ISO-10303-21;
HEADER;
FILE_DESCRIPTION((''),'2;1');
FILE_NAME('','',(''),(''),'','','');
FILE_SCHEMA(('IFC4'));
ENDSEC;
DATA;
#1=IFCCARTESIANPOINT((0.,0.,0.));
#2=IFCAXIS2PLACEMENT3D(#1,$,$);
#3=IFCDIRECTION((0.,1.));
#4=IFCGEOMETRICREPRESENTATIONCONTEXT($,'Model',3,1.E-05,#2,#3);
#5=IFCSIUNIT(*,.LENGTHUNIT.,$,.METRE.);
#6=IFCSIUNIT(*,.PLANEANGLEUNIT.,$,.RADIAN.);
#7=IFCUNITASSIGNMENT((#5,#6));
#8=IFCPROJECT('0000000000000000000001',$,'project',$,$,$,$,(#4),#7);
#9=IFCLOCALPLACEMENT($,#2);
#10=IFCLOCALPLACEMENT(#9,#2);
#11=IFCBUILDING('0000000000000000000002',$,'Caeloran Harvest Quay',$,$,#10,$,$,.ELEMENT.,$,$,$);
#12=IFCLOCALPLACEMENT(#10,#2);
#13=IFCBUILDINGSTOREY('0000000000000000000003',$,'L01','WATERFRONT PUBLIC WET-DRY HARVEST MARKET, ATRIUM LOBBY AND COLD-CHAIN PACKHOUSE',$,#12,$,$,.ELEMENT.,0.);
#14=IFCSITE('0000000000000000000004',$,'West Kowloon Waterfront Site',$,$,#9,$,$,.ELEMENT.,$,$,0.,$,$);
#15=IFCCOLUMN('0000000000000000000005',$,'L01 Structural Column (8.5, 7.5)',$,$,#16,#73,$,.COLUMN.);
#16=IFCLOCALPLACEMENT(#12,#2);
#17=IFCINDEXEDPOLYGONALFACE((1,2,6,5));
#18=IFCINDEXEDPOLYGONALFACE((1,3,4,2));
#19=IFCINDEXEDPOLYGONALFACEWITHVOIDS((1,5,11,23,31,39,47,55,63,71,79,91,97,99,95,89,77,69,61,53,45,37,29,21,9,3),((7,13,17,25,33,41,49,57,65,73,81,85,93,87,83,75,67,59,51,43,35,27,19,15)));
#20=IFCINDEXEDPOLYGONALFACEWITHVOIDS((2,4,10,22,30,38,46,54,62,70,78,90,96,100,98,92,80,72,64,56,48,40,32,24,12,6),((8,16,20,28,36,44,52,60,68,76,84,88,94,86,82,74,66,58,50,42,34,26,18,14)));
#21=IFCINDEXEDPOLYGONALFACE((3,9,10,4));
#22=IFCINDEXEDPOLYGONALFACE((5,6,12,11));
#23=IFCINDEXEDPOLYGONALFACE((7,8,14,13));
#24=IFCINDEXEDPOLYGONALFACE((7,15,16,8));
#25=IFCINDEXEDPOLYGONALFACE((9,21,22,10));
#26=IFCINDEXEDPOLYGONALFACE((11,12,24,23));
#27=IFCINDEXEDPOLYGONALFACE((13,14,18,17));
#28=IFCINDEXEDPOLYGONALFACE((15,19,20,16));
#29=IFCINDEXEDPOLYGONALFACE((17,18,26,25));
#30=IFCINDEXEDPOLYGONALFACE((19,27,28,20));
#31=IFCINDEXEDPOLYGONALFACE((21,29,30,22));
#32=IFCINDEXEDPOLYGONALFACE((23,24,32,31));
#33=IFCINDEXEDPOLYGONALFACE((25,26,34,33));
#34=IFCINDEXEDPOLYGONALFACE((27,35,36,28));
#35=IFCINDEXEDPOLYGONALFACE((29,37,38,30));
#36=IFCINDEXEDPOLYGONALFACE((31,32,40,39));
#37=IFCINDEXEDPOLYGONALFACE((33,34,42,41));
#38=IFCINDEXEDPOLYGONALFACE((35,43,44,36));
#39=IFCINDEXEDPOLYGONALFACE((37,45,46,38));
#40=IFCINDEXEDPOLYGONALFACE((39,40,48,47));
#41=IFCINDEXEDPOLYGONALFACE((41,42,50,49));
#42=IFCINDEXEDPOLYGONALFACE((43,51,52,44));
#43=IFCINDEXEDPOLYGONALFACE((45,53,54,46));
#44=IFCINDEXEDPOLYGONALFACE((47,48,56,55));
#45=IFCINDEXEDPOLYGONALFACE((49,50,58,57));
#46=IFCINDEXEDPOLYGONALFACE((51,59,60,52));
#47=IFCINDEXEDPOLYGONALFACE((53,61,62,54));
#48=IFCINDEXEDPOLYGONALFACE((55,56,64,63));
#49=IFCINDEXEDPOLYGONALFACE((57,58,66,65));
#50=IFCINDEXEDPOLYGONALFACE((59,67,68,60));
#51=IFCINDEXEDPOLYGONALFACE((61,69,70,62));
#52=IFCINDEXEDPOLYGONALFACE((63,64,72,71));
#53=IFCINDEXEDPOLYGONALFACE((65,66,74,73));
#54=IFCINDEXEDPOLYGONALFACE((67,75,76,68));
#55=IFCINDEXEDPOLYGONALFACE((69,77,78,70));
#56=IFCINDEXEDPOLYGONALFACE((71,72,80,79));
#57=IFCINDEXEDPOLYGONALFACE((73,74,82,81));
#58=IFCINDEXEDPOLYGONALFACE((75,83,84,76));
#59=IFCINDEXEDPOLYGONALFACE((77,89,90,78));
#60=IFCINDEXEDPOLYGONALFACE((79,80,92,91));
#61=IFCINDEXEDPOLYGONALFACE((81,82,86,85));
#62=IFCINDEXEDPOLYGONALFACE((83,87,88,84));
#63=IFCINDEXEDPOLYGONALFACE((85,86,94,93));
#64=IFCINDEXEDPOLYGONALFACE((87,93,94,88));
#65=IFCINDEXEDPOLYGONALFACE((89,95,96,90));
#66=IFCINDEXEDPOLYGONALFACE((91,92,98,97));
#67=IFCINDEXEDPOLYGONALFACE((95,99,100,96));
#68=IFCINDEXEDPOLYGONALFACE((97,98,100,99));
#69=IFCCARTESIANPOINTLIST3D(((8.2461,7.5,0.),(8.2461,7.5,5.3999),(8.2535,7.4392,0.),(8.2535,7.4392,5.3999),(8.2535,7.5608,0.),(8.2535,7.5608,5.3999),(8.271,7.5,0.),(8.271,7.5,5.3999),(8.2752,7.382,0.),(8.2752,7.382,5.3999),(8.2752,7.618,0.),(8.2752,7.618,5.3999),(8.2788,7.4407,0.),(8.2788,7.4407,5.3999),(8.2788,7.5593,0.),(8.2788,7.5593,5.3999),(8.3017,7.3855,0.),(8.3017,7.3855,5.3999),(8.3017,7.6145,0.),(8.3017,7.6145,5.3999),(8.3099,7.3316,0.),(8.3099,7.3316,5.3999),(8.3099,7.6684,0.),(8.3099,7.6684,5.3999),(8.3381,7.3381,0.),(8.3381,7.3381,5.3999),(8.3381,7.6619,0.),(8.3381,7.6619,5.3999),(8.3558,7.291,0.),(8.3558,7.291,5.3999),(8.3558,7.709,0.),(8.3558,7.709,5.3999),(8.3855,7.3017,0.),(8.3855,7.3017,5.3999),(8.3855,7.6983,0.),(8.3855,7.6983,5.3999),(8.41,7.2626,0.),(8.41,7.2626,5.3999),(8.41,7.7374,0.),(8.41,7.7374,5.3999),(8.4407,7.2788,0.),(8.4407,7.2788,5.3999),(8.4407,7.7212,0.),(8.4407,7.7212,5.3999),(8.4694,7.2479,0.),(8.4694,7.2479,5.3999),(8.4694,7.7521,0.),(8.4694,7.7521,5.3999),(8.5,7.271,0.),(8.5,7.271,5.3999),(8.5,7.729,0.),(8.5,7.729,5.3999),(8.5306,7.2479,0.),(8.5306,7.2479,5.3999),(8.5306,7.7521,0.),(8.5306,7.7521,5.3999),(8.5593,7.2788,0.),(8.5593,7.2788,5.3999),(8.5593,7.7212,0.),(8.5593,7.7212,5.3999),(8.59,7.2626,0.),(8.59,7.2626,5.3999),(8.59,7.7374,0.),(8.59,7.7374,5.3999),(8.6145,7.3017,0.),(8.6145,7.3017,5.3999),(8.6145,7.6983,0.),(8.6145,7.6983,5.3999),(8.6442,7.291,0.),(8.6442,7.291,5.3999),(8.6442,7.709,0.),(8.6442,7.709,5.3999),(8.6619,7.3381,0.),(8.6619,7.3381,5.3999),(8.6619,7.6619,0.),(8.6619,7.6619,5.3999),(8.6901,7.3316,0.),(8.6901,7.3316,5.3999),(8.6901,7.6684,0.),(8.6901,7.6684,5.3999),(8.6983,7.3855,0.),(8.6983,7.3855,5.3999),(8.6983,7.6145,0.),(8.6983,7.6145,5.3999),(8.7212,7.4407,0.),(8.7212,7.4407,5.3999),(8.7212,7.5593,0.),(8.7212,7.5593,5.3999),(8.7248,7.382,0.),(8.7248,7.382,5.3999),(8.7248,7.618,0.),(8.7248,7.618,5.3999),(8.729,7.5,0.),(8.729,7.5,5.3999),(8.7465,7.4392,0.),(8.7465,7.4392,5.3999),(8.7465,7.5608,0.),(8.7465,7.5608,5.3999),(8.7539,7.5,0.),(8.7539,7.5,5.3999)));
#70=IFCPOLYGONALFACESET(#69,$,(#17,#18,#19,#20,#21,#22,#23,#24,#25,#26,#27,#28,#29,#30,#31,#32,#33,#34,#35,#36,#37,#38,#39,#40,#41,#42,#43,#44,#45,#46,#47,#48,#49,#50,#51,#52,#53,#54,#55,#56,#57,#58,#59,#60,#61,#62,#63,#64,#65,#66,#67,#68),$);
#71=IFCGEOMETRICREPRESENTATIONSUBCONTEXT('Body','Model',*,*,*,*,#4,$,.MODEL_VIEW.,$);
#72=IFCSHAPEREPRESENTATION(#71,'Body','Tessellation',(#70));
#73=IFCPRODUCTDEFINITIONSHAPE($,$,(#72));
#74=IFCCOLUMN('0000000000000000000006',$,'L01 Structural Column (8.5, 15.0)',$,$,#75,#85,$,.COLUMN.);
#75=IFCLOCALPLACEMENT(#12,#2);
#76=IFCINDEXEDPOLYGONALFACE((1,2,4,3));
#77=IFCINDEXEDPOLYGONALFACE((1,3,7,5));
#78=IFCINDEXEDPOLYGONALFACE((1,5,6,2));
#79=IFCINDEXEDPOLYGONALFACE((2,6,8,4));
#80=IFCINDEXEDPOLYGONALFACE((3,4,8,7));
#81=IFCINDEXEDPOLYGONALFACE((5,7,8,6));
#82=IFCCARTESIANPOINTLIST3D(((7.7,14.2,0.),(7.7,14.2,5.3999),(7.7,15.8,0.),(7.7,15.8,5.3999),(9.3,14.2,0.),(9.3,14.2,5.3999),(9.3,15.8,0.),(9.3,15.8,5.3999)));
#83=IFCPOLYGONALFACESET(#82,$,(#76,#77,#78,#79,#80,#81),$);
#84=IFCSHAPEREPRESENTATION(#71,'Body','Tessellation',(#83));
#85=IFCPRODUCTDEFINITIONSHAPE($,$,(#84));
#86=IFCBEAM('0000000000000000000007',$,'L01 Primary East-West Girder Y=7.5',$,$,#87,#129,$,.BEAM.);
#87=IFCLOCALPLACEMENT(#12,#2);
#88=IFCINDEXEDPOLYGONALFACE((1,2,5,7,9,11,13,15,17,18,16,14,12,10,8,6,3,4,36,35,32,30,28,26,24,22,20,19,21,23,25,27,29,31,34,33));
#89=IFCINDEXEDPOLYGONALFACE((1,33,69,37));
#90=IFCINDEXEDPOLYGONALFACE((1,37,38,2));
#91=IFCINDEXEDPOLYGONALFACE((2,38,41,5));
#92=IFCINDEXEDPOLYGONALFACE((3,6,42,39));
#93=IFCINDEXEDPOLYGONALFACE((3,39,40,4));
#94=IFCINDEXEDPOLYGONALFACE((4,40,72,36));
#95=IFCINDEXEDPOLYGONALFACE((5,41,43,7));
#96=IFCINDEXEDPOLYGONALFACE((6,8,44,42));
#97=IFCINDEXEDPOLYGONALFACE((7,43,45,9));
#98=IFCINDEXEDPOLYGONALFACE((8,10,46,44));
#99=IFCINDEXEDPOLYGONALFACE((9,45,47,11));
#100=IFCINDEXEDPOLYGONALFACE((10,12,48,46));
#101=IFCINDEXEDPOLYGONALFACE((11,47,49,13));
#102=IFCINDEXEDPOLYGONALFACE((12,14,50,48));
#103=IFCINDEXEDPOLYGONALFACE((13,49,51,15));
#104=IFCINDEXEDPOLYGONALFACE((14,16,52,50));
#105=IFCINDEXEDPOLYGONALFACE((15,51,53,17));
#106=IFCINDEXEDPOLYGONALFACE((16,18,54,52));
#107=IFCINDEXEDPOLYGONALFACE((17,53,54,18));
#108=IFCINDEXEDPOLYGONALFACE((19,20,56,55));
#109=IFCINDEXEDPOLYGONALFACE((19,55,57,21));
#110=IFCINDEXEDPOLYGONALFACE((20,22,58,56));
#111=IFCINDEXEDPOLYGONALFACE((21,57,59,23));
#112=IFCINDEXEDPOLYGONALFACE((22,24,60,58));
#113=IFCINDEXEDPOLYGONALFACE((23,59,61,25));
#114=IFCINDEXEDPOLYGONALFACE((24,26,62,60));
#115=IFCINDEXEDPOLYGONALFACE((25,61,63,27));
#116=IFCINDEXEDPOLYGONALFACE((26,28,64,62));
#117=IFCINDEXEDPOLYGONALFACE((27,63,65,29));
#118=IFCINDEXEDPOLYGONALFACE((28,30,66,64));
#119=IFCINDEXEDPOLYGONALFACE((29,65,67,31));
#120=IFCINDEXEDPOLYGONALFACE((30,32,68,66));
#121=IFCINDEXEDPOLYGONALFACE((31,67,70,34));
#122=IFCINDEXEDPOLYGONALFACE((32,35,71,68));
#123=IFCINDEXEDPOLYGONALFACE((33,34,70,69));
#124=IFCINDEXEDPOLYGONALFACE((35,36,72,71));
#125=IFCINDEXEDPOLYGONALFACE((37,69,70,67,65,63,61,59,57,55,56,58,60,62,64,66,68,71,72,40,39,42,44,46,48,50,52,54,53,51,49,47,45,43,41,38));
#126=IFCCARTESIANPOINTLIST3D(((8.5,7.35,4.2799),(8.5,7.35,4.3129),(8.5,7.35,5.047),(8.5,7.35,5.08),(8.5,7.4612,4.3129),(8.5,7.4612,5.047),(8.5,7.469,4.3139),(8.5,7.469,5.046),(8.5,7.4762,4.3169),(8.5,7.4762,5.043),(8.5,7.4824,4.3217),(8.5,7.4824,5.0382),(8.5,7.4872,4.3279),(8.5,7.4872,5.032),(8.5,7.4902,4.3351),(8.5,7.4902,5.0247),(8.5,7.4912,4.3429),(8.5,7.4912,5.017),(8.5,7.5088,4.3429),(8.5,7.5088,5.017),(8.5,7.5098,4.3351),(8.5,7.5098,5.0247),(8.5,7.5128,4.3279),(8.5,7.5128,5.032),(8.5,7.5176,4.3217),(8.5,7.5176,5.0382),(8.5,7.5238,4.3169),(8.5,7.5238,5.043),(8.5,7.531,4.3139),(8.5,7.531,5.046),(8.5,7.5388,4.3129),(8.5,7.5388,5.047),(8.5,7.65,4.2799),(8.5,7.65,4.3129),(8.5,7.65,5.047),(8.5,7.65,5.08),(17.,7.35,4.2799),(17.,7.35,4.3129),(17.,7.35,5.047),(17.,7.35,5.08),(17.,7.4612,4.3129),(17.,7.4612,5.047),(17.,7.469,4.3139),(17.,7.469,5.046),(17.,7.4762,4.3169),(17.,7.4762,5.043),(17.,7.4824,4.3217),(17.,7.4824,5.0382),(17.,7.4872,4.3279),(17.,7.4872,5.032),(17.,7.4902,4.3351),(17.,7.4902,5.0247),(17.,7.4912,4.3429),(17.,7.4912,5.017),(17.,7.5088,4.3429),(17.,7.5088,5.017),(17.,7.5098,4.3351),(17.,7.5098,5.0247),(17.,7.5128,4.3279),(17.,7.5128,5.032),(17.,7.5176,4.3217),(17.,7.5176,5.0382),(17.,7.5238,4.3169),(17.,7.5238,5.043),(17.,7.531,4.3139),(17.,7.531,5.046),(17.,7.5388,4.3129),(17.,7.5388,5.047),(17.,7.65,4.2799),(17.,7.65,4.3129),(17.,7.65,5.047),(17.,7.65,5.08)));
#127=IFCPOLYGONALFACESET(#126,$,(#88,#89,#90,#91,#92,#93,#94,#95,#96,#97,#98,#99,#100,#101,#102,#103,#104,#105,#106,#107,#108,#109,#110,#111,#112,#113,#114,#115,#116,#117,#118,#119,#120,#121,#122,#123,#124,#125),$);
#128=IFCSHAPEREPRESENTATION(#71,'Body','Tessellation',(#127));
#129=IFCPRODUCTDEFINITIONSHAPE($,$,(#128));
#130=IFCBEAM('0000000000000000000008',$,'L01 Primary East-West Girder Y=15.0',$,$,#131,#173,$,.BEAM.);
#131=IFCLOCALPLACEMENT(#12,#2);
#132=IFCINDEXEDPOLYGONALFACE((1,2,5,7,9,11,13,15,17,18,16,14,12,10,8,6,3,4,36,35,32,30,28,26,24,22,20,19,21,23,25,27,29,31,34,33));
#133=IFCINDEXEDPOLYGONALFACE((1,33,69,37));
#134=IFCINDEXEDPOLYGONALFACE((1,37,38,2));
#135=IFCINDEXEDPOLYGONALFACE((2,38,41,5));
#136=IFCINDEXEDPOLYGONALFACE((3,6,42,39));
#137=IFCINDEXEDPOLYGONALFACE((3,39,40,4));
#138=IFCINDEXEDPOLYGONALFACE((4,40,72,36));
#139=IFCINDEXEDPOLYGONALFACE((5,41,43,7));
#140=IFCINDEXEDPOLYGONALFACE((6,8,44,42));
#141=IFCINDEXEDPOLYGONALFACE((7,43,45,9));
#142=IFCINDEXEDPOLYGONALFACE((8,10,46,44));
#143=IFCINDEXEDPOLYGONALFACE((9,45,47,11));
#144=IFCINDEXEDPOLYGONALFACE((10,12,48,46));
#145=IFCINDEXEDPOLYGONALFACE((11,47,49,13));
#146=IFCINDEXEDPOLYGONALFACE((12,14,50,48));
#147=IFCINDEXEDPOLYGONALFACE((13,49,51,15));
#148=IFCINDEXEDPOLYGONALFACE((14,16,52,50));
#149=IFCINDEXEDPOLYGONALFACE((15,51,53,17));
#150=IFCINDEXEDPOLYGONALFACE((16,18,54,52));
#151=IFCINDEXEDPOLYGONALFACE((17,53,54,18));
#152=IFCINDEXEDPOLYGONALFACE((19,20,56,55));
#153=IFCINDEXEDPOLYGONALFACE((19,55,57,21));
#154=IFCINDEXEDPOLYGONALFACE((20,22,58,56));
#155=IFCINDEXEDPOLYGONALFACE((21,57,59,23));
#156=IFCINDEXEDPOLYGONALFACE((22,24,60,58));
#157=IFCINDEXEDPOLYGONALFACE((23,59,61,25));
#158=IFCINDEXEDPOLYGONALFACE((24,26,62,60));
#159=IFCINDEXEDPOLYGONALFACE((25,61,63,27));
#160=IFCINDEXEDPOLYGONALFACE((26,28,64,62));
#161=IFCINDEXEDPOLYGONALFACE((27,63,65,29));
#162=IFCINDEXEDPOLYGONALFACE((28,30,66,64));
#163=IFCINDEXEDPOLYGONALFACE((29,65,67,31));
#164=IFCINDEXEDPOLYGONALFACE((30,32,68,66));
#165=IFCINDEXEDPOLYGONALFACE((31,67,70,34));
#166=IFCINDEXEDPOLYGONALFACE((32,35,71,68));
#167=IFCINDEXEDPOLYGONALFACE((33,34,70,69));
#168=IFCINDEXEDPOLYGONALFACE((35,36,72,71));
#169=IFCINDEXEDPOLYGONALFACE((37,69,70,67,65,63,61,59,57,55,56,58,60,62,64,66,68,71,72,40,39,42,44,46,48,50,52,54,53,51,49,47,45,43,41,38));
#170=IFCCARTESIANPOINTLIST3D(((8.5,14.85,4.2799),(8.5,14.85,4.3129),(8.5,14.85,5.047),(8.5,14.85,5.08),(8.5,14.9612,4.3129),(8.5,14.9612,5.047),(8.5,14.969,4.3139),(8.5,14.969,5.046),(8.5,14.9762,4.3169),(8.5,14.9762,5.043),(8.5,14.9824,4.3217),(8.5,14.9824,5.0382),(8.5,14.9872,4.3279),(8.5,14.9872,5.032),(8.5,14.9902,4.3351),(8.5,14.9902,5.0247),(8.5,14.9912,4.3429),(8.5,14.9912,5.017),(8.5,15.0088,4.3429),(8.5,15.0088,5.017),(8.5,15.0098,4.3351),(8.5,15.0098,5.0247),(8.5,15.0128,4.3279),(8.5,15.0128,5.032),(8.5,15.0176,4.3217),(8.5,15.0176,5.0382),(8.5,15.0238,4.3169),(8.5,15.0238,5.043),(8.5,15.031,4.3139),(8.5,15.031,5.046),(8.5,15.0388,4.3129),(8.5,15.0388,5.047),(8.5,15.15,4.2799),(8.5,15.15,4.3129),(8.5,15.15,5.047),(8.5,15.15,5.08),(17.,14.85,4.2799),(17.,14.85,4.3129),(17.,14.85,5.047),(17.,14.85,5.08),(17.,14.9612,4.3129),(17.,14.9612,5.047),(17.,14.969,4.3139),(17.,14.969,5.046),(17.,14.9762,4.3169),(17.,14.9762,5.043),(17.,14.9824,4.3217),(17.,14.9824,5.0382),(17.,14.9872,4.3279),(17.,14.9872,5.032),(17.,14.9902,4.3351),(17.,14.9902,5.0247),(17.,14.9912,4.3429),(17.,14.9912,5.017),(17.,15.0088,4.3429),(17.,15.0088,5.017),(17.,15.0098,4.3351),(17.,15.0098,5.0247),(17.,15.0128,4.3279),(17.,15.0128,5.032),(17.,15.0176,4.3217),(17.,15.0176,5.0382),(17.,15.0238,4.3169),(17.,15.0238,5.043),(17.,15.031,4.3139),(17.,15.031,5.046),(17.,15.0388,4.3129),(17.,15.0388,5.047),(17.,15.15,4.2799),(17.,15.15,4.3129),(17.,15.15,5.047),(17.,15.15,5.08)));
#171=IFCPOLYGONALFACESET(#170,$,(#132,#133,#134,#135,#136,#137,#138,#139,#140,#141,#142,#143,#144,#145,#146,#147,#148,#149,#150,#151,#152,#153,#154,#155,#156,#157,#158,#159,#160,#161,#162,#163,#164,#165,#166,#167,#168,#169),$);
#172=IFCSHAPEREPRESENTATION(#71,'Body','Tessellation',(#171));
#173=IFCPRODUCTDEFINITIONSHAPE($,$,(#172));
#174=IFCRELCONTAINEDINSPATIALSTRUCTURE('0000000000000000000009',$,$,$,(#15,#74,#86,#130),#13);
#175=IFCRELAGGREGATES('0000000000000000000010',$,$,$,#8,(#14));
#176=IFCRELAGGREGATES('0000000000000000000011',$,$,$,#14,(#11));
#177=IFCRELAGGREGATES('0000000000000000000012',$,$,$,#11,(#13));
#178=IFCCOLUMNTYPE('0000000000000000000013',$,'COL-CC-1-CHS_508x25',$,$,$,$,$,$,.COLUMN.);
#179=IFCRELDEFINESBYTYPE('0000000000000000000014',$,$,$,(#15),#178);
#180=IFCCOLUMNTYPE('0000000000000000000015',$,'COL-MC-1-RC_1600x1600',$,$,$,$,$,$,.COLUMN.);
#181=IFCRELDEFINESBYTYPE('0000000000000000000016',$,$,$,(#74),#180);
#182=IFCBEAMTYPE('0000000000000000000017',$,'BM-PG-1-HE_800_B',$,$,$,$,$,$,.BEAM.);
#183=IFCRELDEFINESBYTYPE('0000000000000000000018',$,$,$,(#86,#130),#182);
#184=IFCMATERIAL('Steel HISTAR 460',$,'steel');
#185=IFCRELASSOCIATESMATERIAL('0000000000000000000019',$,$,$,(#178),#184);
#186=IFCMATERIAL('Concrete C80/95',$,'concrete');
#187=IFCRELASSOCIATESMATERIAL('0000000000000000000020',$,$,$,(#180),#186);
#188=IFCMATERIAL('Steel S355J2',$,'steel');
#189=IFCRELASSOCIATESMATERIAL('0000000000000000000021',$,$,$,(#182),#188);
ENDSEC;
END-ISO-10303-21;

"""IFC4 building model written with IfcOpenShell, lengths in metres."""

from ifc_helpers import new_model, si_unit, direction, frame, origin, origin_2d, place, context, subcontext, project, spatial, rectangle, hollow_circle, i_section, extrude, material, material_profile, profile_set, type_object, element, save


model = new_model("IFC4")

# Units and contexts
model_context = context("Model", 3, precision=1e-05, world=origin(), true_north=direction((0.0, 1.0)))
body_context = subcontext(model_context, "Body", "Model", "MODEL_VIEW")
ifc_project = project(units=[si_unit("LENGTHUNIT", "METRE"), si_unit("PLANEANGLEUNIT", "RADIAN")], contexts=[model_context])

# Site, building, storey
site_placement = place(None, origin())
site = spatial("IfcSite", under=ifc_project, at=site_placement, Name="West Kowloon Waterfront Site", CompositionType="ELEMENT", RefElevation=0.0)
building_placement = place(site_placement, origin())
building = spatial("IfcBuilding", under=site, at=building_placement, Name="Caeloran Harvest Quay", CompositionType="ELEMENT")
storey_placement = place(building_placement, origin())
storey = spatial("IfcBuildingStorey", under=building, at=storey_placement, Name="L01", Description="WATERFRONT PUBLIC WET-DRY HARVEST MARKET, ATRIUM LOBBY AND COLD-CHAIN PACKHOUSE", CompositionType="ELEMENT", Elevation=0.0)

# Columns
ifc_material_1 = material(Name="Steel HISTAR 460", Category="steel")
ifc_material_profile_1 = material_profile(ifc_material_1, hollow_circle(Radius=0.2539, WallThickness=0.0249, at=origin_2d()), Name="CHS 508x25")
ifc_profile_set_1 = profile_set([ifc_material_profile_1], Name="Steel HISTAR 460")
column_type_1 = type_object("IfcColumnType", Name="COL-CC-1-CHS_508x25", PredefinedType="COLUMN", material=ifc_profile_set_1)
column_1_placement = place(storey_placement, frame((8.5, 7.5, 0.0), z_axis=(0.0, 0.0, 1.0), x_axis=(1.0, 0.0, 0.0)))
element("IfcColumn", 1, at=column_1_placement, inside=storey, type_object=column_type_1, Name="L01 Structural Column (8.5, 7.5)", PredefinedType="COLUMN", context=body_context, shape_type="SweptSolid", body=[
    extrude(hollow_circle(Radius=0.2539, WallThickness=0.0249, at=origin_2d()), origin(), (0.0, 0.0, 1.0), 5.3999),
])
ifc_material_2 = material(Name="Concrete C80/95", Category="concrete")
ifc_material_profile_2 = material_profile(ifc_material_2, rectangle(XDim=1.6001, YDim=1.6001, at=origin_2d()), Name="RC 1600x1600")
ifc_profile_set_2 = profile_set([ifc_material_profile_2], Name="Concrete C80/95")
column_type_2 = type_object("IfcColumnType", Name="COL-MC-1-RC_1600x1600", PredefinedType="COLUMN", material=ifc_profile_set_2)
column_2_placement = place(storey_placement, frame((8.5, 15.0, 0.0), z_axis=(0.0, 0.0, 1.0), x_axis=(1.0, 0.0, 0.0)))
element("IfcColumn", 2, at=column_2_placement, inside=storey, type_object=column_type_2, Name="L01 Structural Column (8.5, 15.0)", PredefinedType="COLUMN", context=body_context, shape_type="SweptSolid", body=[
    extrude(rectangle(XDim=1.6001, YDim=1.6001, at=origin_2d()), origin(), (0.0, 0.0, 1.0), 5.3999),
])

# Beams
ifc_material_3 = material(Name="Steel S355J2", Category="steel")
ifc_material_profile_3 = material_profile(ifc_material_3, i_section(OverallWidth=0.3, OverallDepth=0.8, WebThickness=0.0176, FlangeThickness=0.033, FilletRadius=0.03, at=origin_2d()), Name="HE 800 B")
ifc_profile_set_3 = profile_set([ifc_material_profile_3], Name="Steel S355J2")
beam_type_1 = type_object("IfcBeamType", Name="BM-PG-1-HE_800_B", PredefinedType="BEAM", material=ifc_profile_set_3)
for number, where, z_axis, x_axis, name in (
    (3, (8.5, 7.5, 4.6799), (1.0, 0.0, 0.0), (0.0, 1.0, 0.0), "L01 Primary East-West Girder Y=7.5"),
    (4, (8.5, 15.0, 4.6799), (1.0, 0.0, 0.0), (0.0, 1.0, 0.0), "L01 Primary East-West Girder Y=15.0"),
):
    element("IfcBeam", number, at=place(storey_placement, frame(where, z_axis=z_axis, x_axis=x_axis)), inside=storey, type_object=beam_type_1, Name=name, PredefinedType="BEAM", context=body_context, shape_type="SweptSolid", body=[
        extrude(i_section(OverallWidth=0.3, OverallDepth=0.8, WebThickness=0.0176, FlangeThickness=0.033, FilletRadius=0.03, at=origin_2d()), origin(), (0.0, 0.0, 1.0), 8.5),
    ])

save(model, "model.ifc")
